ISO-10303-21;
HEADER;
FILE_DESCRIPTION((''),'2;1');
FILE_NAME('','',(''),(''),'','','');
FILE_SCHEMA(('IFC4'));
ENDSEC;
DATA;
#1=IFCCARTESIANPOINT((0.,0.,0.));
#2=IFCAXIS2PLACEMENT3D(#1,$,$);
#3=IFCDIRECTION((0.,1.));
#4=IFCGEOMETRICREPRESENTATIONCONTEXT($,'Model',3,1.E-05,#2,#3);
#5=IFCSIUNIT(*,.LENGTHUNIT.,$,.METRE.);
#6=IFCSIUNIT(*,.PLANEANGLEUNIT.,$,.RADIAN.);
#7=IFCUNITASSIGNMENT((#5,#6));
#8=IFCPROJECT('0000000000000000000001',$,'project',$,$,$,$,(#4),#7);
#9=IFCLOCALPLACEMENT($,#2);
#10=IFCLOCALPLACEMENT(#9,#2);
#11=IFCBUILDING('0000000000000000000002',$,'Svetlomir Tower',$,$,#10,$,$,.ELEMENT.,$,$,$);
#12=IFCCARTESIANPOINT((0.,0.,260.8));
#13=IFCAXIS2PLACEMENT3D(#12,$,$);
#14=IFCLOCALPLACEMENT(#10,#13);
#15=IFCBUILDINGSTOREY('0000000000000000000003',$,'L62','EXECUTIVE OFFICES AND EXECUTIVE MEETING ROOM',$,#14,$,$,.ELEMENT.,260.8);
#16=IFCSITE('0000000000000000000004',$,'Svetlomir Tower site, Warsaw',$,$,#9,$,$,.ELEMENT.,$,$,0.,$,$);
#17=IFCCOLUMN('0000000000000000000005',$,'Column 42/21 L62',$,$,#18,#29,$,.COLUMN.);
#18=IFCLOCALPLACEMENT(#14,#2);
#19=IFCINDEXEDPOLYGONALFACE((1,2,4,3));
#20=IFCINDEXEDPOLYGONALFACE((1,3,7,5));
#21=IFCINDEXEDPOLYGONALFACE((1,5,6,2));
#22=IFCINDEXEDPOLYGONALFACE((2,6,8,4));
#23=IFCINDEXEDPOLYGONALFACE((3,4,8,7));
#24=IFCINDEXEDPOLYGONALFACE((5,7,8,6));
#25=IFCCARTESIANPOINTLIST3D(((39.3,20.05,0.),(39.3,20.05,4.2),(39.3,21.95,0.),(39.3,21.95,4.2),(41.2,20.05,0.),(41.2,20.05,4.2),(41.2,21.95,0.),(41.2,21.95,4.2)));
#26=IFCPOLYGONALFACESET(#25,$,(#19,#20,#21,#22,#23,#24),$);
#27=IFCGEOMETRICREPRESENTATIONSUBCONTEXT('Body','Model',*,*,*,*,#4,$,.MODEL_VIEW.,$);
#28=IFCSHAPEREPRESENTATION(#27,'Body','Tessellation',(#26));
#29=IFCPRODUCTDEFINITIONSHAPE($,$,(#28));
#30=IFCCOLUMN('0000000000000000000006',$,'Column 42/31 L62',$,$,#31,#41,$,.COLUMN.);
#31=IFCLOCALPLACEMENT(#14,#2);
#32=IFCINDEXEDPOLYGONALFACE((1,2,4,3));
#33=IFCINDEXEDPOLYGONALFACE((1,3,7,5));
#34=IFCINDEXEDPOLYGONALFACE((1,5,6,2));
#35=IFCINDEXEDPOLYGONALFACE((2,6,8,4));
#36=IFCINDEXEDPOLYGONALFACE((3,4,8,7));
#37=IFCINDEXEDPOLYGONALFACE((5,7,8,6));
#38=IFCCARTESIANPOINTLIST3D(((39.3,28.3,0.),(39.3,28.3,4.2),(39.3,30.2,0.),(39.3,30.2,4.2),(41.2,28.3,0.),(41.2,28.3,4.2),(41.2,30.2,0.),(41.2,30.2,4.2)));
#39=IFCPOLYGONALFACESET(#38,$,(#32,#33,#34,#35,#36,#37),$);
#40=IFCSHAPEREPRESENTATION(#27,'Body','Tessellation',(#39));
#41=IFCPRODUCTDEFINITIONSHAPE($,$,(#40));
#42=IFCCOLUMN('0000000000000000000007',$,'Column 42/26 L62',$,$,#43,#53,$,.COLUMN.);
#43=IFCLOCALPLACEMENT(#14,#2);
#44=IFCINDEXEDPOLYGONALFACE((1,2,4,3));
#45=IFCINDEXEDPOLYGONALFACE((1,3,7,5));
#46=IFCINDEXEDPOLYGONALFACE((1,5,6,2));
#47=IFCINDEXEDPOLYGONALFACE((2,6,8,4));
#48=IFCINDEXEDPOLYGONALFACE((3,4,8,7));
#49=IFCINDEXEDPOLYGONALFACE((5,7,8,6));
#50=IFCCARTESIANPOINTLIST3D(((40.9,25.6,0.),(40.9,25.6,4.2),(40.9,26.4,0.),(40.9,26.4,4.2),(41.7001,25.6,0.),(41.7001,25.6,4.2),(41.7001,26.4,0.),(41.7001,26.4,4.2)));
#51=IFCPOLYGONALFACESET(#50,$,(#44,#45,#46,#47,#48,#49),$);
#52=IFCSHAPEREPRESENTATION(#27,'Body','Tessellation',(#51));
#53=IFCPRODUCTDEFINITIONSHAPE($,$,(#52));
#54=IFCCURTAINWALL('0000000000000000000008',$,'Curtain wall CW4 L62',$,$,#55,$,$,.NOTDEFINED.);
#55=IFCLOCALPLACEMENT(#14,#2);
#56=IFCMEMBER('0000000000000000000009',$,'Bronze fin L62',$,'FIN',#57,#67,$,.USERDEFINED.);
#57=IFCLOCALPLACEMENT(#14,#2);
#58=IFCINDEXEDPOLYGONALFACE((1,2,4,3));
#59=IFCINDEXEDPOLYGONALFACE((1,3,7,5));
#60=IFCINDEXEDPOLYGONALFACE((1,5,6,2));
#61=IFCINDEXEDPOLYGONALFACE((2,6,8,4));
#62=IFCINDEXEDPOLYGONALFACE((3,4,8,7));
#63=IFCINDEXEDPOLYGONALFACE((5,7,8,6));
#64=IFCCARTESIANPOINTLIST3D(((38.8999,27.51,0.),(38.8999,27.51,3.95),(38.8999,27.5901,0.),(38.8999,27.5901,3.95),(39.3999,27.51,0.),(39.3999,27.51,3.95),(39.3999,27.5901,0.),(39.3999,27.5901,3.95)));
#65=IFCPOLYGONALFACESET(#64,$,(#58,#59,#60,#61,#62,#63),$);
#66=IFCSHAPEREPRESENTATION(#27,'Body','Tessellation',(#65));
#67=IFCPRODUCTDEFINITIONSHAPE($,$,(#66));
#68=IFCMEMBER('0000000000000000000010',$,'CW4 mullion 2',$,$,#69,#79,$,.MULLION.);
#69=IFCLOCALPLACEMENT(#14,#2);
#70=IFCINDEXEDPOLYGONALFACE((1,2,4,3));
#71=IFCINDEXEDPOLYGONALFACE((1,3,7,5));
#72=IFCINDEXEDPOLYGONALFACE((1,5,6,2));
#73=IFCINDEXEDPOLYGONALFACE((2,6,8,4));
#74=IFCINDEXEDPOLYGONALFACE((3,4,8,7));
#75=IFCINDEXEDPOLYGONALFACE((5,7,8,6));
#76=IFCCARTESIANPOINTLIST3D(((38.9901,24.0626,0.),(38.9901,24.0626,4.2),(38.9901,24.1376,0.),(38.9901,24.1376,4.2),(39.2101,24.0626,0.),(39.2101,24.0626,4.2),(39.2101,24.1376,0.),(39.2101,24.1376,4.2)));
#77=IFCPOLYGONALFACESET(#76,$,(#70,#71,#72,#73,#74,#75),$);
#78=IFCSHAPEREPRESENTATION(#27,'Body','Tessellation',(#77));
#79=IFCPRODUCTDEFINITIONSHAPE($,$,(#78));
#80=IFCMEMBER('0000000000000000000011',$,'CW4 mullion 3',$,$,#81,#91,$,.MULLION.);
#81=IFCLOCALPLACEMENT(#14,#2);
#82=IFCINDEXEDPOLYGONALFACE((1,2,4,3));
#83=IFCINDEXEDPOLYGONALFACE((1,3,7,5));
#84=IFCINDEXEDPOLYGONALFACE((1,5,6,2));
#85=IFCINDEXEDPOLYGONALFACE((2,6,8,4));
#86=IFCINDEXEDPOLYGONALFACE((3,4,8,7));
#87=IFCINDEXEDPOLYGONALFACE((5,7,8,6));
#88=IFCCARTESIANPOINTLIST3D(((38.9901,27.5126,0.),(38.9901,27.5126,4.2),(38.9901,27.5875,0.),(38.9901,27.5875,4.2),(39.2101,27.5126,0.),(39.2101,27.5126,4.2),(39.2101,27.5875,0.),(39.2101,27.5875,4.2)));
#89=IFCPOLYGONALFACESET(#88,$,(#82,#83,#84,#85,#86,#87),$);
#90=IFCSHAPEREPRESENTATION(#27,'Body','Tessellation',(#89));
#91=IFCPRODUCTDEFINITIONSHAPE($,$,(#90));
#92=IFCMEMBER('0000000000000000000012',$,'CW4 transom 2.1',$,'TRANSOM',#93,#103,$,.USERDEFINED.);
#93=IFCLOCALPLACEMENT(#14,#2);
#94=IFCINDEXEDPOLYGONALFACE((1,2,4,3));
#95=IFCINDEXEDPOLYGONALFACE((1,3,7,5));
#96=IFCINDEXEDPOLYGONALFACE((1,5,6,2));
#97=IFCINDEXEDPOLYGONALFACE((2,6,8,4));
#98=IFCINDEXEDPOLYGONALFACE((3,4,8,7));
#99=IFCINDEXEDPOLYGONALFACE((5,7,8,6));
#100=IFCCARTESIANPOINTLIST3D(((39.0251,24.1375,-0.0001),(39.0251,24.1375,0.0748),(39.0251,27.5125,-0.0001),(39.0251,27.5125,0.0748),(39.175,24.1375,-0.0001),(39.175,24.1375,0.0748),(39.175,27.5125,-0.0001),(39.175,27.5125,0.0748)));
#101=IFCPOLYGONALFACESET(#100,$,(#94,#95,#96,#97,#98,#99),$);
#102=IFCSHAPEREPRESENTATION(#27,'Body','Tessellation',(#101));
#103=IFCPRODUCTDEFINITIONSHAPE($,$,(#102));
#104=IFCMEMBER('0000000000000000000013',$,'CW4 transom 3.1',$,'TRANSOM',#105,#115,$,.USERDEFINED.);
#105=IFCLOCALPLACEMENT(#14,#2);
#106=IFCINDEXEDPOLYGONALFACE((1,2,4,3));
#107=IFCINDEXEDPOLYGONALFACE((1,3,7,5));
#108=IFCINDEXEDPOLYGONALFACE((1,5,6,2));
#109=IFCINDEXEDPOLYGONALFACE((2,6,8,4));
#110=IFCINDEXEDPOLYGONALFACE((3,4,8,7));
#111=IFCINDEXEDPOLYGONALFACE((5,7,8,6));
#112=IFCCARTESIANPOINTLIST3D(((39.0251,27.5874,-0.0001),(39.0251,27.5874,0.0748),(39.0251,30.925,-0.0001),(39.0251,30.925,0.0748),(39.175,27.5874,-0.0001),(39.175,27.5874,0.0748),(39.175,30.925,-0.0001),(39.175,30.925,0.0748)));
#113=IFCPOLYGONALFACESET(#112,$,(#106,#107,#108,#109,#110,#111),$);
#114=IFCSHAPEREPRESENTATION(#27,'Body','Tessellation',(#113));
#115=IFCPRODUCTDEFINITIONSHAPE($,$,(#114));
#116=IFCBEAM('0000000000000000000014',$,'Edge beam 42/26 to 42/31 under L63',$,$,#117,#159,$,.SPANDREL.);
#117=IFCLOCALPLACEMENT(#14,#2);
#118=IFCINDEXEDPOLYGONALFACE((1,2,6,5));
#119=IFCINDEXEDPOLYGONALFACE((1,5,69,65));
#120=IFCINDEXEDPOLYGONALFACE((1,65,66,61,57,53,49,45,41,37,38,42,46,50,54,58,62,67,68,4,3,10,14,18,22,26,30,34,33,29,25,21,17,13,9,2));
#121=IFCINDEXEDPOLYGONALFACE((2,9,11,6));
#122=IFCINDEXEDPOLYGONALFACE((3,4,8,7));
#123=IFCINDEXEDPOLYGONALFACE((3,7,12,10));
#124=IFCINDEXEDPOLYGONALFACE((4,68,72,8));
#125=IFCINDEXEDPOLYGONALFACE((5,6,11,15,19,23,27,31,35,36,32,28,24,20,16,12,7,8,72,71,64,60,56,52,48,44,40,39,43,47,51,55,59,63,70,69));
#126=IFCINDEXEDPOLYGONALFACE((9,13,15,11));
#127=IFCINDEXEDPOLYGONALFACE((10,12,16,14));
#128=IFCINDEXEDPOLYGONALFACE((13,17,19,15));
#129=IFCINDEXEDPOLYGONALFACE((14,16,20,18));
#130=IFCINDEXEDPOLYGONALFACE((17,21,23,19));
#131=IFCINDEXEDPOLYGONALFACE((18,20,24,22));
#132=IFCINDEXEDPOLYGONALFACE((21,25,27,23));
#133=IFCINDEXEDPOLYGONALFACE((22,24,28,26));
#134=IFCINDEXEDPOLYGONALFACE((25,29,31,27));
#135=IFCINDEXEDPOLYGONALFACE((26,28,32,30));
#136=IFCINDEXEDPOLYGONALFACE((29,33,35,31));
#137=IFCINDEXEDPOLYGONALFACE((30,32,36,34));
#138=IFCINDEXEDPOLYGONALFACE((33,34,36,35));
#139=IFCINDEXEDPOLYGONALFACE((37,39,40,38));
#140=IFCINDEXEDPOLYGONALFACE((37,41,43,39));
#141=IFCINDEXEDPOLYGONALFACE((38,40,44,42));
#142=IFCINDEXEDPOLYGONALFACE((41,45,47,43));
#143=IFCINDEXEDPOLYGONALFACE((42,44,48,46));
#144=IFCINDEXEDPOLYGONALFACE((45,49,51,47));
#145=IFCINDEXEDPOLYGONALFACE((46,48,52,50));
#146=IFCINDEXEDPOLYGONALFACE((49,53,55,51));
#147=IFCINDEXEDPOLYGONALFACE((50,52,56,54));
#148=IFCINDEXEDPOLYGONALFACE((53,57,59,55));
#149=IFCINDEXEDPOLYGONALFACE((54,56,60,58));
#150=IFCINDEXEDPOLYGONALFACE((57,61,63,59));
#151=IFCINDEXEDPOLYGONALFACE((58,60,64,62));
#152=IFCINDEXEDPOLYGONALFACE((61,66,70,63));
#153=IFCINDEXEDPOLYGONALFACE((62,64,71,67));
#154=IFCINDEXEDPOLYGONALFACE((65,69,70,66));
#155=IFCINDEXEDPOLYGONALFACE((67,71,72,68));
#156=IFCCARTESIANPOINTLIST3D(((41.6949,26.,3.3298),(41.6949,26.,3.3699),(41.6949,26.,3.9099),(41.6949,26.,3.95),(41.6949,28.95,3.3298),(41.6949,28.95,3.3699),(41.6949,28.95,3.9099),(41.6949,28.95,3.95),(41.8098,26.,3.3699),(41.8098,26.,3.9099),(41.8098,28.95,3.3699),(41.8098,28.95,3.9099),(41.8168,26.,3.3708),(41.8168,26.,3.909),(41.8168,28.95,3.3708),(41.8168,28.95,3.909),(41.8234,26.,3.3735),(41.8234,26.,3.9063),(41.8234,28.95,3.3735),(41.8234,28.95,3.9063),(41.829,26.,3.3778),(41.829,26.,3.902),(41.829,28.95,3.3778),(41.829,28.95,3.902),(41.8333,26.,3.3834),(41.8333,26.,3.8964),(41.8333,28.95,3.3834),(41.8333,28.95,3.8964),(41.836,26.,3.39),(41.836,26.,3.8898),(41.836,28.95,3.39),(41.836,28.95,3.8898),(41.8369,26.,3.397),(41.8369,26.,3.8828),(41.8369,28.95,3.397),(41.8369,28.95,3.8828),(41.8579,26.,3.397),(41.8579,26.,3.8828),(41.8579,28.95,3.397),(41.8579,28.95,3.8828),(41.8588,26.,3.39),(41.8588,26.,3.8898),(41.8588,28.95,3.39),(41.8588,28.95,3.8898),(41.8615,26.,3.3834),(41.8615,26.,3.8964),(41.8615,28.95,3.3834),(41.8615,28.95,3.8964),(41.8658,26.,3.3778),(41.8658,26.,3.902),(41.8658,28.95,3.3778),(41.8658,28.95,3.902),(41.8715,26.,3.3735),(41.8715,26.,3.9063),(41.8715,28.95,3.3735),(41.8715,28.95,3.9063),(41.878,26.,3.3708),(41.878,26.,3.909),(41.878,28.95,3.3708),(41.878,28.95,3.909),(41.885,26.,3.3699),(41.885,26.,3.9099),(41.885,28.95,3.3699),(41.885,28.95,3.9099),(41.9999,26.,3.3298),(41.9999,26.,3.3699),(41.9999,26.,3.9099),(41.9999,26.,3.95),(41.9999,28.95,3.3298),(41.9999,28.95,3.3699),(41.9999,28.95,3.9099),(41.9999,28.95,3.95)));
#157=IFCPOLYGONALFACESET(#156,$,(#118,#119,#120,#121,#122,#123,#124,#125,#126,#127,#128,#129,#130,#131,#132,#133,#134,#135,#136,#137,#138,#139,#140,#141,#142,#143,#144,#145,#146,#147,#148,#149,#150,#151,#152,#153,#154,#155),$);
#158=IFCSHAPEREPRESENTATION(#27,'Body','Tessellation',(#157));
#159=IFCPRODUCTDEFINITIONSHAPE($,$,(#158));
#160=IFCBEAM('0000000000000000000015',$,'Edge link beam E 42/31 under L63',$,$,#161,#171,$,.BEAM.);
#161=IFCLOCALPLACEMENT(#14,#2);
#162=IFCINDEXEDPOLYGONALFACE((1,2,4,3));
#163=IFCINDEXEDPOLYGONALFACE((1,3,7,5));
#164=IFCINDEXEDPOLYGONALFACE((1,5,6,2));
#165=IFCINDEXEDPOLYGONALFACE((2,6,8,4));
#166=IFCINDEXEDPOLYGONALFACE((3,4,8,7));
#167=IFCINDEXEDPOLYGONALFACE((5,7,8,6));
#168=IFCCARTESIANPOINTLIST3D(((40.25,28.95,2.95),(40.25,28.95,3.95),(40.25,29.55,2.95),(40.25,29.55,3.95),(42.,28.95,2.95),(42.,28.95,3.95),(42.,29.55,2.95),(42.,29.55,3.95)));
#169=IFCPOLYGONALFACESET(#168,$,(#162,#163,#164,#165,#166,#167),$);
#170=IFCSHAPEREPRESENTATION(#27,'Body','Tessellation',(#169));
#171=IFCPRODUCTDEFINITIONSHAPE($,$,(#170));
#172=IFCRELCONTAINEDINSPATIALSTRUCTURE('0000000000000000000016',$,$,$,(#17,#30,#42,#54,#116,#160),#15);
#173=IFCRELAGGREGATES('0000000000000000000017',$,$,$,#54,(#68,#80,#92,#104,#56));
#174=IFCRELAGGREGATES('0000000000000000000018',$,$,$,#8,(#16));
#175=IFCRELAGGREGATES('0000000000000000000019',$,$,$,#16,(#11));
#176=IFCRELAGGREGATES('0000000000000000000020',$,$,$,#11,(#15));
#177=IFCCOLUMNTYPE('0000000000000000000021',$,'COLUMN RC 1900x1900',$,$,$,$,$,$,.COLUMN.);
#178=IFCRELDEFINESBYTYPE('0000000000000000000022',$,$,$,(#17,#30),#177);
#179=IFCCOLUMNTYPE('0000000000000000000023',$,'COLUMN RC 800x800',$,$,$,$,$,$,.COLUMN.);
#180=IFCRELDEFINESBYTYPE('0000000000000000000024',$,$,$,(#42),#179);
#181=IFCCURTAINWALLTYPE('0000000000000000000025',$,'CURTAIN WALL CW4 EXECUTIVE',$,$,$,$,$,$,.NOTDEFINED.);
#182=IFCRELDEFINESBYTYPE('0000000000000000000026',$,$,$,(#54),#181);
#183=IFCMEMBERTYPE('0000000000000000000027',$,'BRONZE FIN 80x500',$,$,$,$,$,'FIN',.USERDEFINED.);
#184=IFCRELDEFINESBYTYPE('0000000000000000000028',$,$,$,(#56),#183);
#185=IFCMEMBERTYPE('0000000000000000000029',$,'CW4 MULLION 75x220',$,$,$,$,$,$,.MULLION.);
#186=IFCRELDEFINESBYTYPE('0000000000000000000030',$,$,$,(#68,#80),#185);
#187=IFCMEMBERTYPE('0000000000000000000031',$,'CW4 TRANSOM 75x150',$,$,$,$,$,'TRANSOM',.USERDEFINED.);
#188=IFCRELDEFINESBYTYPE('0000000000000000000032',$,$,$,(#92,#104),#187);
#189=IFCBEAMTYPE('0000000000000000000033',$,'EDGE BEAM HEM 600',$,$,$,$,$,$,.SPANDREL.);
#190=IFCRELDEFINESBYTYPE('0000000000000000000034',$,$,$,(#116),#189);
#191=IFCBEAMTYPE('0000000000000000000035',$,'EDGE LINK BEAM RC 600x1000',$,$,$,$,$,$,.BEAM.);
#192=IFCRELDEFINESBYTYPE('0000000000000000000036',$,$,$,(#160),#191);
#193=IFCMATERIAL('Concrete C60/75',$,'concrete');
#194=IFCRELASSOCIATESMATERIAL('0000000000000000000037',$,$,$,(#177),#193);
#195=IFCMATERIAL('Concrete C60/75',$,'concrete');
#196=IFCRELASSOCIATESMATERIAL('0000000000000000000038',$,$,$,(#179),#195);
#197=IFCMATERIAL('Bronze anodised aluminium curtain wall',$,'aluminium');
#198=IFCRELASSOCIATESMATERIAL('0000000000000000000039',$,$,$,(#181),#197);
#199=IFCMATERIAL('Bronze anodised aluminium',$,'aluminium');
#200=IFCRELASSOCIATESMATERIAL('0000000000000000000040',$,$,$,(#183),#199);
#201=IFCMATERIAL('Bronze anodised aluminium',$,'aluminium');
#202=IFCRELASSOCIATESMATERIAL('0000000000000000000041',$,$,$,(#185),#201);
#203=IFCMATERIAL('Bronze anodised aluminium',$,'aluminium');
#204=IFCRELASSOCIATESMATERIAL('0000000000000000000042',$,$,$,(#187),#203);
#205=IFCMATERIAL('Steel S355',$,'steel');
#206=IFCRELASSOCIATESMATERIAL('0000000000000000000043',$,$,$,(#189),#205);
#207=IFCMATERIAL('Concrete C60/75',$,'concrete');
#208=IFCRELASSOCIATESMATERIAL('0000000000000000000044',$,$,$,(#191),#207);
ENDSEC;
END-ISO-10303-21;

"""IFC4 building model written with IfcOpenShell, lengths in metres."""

from ifc_helpers import new_model, si_unit, direction, frame, origin, origin_2d, place, context, subcontext, project, spatial, rectangle, i_section, extrude, material, material_profile, profile_set, type_object, element, aggregate, save


model = new_model("IFC4")

# Units and contexts
model_context = context("Model", 3, precision=1e-05, world=origin(), true_north=direction((0.0, 1.0)))
body_context = subcontext(model_context, "Body", "Model", "MODEL_VIEW")
ifc_project = project(units=[si_unit("LENGTHUNIT", "METRE"), si_unit("PLANEANGLEUNIT", "RADIAN")], contexts=[model_context])

# Site, building, storey
site_placement = place(None, origin())
site = spatial("IfcSite", under=ifc_project, at=site_placement, Name="Svetlomir Tower site, Warsaw", CompositionType="ELEMENT", RefElevation=0.0)
building_placement = place(site_placement, origin())
building = spatial("IfcBuilding", under=site, at=building_placement, Name="Svetlomir Tower", CompositionType="ELEMENT")
storey_placement = place(building_placement, frame((0.0, 0.0, 260.8)))
storey = spatial("IfcBuildingStorey", under=building, at=storey_placement, Name="L62", Description="EXECUTIVE OFFICES AND EXECUTIVE MEETING ROOM", CompositionType="ELEMENT", Elevation=260.8)

# Columns
ifc_material_1 = material(Name="Concrete C60/75", Category="concrete")
ifc_material_profile_1 = material_profile(ifc_material_1, rectangle(XDim=1.8999, YDim=1.8999, at=origin_2d()), Name="RC 1900x1900")
ifc_profile_set_1 = profile_set([ifc_material_profile_1], Name="Concrete C60/75")
column_type_1 = type_object("IfcColumnType", Name="COLUMN RC 1900x1900", PredefinedType="COLUMN", material=ifc_profile_set_1)
for number, where, z_axis, x_axis, name in (
    (1, (40.25, 21.0, 0.0), (0.0, 0.0, 1.0), (1.0, 0.0, 0.0), "Column 42/21 L62"),
    (2, (40.25, 29.25, 0.0), (0.0, 0.0, 1.0), (1.0, 0.0, 0.0), "Column 42/31 L62"),
):
    element("IfcColumn", number, at=place(storey_placement, frame(where, z_axis=z_axis, x_axis=x_axis)), inside=storey, type_object=column_type_1, Name=name, PredefinedType="COLUMN", context=body_context, shape_type="SweptSolid", body=[
        extrude(rectangle(XDim=1.8999, YDim=1.8999, at=origin_2d()), origin(), (0.0, 0.0, 1.0), 4.2),
    ])
ifc_material_2 = material(Name="Concrete C60/75", Category="concrete")
ifc_material_profile_2 = material_profile(ifc_material_2, rectangle(XDim=0.8, YDim=0.8, at=origin_2d()), Name="RC 800x800")
ifc_profile_set_2 = profile_set([ifc_material_profile_2], Name="Concrete C60/75")
column_type_2 = type_object("IfcColumnType", Name="COLUMN RC 800x800", PredefinedType="COLUMN", material=ifc_profile_set_2)
column_placement = place(storey_placement, frame((41.3, 26.0, 0.0), z_axis=(0.0, 0.0, 1.0), x_axis=(1.0, 0.0, 0.0)))
element("IfcColumn", 3, at=column_placement, inside=storey, type_object=column_type_2, Name="Column 42/26 L62", PredefinedType="COLUMN", context=body_context, shape_type="SweptSolid", body=[
    extrude(rectangle(XDim=0.8, YDim=0.8, at=origin_2d()), origin(), (0.0, 0.0, 1.0), 4.2),
])

# Curtain wall, members
ifc_material_3 = material(Name="Bronze anodised aluminium curtain wall", Category="aluminium")
curtain_wall_type = type_object("IfcCurtainWallType", Name="CURTAIN WALL CW4 EXECUTIVE", PredefinedType="NOTDEFINED", material=ifc_material_3)
curtain_wall_placement = place(storey_placement, origin())
curtain_wall = element("IfcCurtainWall", 4, at=curtain_wall_placement, inside=storey, type_object=curtain_wall_type, Name="Curtain wall CW4 L62", PredefinedType="NOTDEFINED")
ifc_material_4 = material(Name="Bronze anodised aluminium", Category="aluminium")
ifc_material_profile_3 = material_profile(ifc_material_4, rectangle(XDim=0.0801, YDim=0.5, at=origin_2d()), Name="FIN 80x500")
ifc_profile_set_3 = profile_set([ifc_material_profile_3], Name="Bronze anodised aluminium 6063-T6")
member_type_1 = type_object("IfcMemberType", Name="BRONZE FIN 80x500", ElementType="FIN", PredefinedType="USERDEFINED", material=ifc_profile_set_3)
member_1_placement = place(storey_placement, frame((39.1499, 27.55, 0.0), z_axis=(0.0, 0.0, 1.0), x_axis=(0.0, 1.0, 0.0)))
member_1 = element("IfcMember", 5, at=member_1_placement, type_object=member_type_1, Name="Bronze fin L62", ObjectType="FIN", PredefinedType="USERDEFINED", context=body_context, shape_type="SweptSolid", body=[
    extrude(rectangle(XDim=0.0801, YDim=0.5, at=origin_2d()), origin(), (0.0, 0.0, 1.0), 3.95),
])
ifc_material_5 = material(Name="Bronze anodised aluminium", Category="aluminium")
ifc_material_profile_4 = material_profile(ifc_material_5, rectangle(XDim=0.075, YDim=0.22, at=origin_2d()), Name="AL 75x220")
ifc_profile_set_4 = profile_set([ifc_material_profile_4], Name="Bronze anodised aluminium 6063-T6")
member_type_2 = type_object("IfcMemberType", Name="CW4 MULLION 75x220", PredefinedType="MULLION", material=ifc_profile_set_4)
member_2_placement = place(storey_placement, frame((39.1001, 24.1001, 0.0), z_axis=(0.0, 0.0, 1.0), x_axis=(0.0, 1.0, 0.0)))
member_2 = element("IfcMember", 6, at=member_2_placement, type_object=member_type_2, Name="CW4 mullion 2", PredefinedType="MULLION", context=body_context, shape_type="SweptSolid", body=[
    extrude(rectangle(XDim=0.075, YDim=0.22, at=origin_2d()), origin(), (0.0, 0.0, 1.0), 4.2),
])
member_3_placement = place(storey_placement, frame((39.1001, 27.55, 0.0), z_axis=(0.0, 0.0, 1.0), x_axis=(0.0, 1.0, 0.0)))
member_3 = element("IfcMember", 7, at=member_3_placement, type_object=member_type_2, Name="CW4 mullion 3", PredefinedType="MULLION", context=body_context, shape_type="SweptSolid", body=[
    extrude(rectangle(XDim=0.075, YDim=0.22, at=origin_2d()), origin(), (0.0, 0.0, 1.0), 4.2),
])
ifc_material_6 = material(Name="Bronze anodised aluminium", Category="aluminium")
ifc_material_profile_5 = material_profile(ifc_material_6, rectangle(XDim=0.1499, YDim=0.075, at=origin_2d()), Name="AL 150x75")
ifc_profile_set_5 = profile_set([ifc_material_profile_5], Name="Bronze anodised aluminium 6063-T6")
member_type_3 = type_object("IfcMemberType", Name="CW4 TRANSOM 75x150", ElementType="TRANSOM", PredefinedType="USERDEFINED", material=ifc_profile_set_5)
member_4_placement = place(storey_placement, frame((39.1001, 24.1375, 0.0374), z_axis=(0.0, 1.0, 0.0), x_axis=(-1.0, 0.0, 0.0)))
member_4 = element("IfcMember", 8, at=member_4_placement, type_object=member_type_3, Name="CW4 transom 2.1", ObjectType="TRANSOM", PredefinedType="USERDEFINED", context=body_context, shape_type="SweptSolid", body=[
    extrude(rectangle(XDim=0.1499, YDim=0.075, at=origin_2d()), origin(), (0.0, 0.0, 1.0), 3.375),
])
member_5_placement = place(storey_placement, frame((39.1001, 27.5874, 0.0374), z_axis=(0.0, 1.0, 0.0), x_axis=(-1.0, 0.0, 0.0)))
member_5 = element("IfcMember", 9, at=member_5_placement, type_object=member_type_3, Name="CW4 transom 3.1", ObjectType="TRANSOM", PredefinedType="USERDEFINED", context=body_context, shape_type="SweptSolid", body=[
    extrude(rectangle(XDim=0.1499, YDim=0.075, at=origin_2d()), origin(), (0.0, 0.0, 1.0), 3.3376),
])

# Beams
ifc_material_7 = material(Name="Steel S355", Category="steel")
ifc_material_profile_6 = material_profile(ifc_material_7, i_section(OverallWidth=0.3049, OverallDepth=0.6201, WebThickness=0.021, FlangeThickness=0.04, FilletRadius=0.0271, at=origin_2d()), Name="HEM 600")
ifc_profile_set_6 = profile_set([ifc_material_profile_6], Name="Steel S355")
beam_type_1 = type_object("IfcBeamType", Name="EDGE BEAM HEM 600", PredefinedType="SPANDREL", material=ifc_profile_set_6)
beam_1_placement = place(storey_placement, frame((41.8474, 26.0, 3.6399), z_axis=(0.0, 1.0, 0.0), x_axis=(-1.0, 0.0, 0.0)))
element("IfcBeam", 10, at=beam_1_placement, inside=storey, type_object=beam_type_1, Name="Edge beam 42/26 to 42/31 under L63", PredefinedType="SPANDREL", context=body_context, shape_type="SweptSolid", body=[
    extrude(i_section(OverallWidth=0.3049, OverallDepth=0.6201, WebThickness=0.021, FlangeThickness=0.04, FilletRadius=0.0271, at=origin_2d()), origin(), (0.0, 0.0, 1.0), 2.95),
])
ifc_material_8 = material(Name="Concrete C60/75", Category="concrete")
ifc_material_profile_7 = material_profile(ifc_material_8, rectangle(XDim=0.6001, YDim=1.0, at=origin_2d()), Name="RC 600x1000")
ifc_profile_set_7 = profile_set([ifc_material_profile_7], Name="Concrete C60/75")
beam_type_2 = type_object("IfcBeamType", Name="EDGE LINK BEAM RC 600x1000", PredefinedType="BEAM", material=ifc_profile_set_7)
beam_2_placement = place(storey_placement, frame((40.25, 29.25, 3.45), z_axis=(1.0, 0.0, 0.0), x_axis=(0.0, 1.0, 0.0)))
element("IfcBeam", 11, at=beam_2_placement, inside=storey, type_object=beam_type_2, Name="Edge link beam E 42/31 under L63", PredefinedType="BEAM", context=body_context, shape_type="SweptSolid", body=[
    extrude(rectangle(XDim=0.6001, YDim=1.0, at=origin_2d()), origin(), (0.0, 0.0, 1.0), 1.75),
])

aggregate(curtain_wall, [member_2, member_3, member_4, member_5, member_1])

save(model, "model.ifc")
